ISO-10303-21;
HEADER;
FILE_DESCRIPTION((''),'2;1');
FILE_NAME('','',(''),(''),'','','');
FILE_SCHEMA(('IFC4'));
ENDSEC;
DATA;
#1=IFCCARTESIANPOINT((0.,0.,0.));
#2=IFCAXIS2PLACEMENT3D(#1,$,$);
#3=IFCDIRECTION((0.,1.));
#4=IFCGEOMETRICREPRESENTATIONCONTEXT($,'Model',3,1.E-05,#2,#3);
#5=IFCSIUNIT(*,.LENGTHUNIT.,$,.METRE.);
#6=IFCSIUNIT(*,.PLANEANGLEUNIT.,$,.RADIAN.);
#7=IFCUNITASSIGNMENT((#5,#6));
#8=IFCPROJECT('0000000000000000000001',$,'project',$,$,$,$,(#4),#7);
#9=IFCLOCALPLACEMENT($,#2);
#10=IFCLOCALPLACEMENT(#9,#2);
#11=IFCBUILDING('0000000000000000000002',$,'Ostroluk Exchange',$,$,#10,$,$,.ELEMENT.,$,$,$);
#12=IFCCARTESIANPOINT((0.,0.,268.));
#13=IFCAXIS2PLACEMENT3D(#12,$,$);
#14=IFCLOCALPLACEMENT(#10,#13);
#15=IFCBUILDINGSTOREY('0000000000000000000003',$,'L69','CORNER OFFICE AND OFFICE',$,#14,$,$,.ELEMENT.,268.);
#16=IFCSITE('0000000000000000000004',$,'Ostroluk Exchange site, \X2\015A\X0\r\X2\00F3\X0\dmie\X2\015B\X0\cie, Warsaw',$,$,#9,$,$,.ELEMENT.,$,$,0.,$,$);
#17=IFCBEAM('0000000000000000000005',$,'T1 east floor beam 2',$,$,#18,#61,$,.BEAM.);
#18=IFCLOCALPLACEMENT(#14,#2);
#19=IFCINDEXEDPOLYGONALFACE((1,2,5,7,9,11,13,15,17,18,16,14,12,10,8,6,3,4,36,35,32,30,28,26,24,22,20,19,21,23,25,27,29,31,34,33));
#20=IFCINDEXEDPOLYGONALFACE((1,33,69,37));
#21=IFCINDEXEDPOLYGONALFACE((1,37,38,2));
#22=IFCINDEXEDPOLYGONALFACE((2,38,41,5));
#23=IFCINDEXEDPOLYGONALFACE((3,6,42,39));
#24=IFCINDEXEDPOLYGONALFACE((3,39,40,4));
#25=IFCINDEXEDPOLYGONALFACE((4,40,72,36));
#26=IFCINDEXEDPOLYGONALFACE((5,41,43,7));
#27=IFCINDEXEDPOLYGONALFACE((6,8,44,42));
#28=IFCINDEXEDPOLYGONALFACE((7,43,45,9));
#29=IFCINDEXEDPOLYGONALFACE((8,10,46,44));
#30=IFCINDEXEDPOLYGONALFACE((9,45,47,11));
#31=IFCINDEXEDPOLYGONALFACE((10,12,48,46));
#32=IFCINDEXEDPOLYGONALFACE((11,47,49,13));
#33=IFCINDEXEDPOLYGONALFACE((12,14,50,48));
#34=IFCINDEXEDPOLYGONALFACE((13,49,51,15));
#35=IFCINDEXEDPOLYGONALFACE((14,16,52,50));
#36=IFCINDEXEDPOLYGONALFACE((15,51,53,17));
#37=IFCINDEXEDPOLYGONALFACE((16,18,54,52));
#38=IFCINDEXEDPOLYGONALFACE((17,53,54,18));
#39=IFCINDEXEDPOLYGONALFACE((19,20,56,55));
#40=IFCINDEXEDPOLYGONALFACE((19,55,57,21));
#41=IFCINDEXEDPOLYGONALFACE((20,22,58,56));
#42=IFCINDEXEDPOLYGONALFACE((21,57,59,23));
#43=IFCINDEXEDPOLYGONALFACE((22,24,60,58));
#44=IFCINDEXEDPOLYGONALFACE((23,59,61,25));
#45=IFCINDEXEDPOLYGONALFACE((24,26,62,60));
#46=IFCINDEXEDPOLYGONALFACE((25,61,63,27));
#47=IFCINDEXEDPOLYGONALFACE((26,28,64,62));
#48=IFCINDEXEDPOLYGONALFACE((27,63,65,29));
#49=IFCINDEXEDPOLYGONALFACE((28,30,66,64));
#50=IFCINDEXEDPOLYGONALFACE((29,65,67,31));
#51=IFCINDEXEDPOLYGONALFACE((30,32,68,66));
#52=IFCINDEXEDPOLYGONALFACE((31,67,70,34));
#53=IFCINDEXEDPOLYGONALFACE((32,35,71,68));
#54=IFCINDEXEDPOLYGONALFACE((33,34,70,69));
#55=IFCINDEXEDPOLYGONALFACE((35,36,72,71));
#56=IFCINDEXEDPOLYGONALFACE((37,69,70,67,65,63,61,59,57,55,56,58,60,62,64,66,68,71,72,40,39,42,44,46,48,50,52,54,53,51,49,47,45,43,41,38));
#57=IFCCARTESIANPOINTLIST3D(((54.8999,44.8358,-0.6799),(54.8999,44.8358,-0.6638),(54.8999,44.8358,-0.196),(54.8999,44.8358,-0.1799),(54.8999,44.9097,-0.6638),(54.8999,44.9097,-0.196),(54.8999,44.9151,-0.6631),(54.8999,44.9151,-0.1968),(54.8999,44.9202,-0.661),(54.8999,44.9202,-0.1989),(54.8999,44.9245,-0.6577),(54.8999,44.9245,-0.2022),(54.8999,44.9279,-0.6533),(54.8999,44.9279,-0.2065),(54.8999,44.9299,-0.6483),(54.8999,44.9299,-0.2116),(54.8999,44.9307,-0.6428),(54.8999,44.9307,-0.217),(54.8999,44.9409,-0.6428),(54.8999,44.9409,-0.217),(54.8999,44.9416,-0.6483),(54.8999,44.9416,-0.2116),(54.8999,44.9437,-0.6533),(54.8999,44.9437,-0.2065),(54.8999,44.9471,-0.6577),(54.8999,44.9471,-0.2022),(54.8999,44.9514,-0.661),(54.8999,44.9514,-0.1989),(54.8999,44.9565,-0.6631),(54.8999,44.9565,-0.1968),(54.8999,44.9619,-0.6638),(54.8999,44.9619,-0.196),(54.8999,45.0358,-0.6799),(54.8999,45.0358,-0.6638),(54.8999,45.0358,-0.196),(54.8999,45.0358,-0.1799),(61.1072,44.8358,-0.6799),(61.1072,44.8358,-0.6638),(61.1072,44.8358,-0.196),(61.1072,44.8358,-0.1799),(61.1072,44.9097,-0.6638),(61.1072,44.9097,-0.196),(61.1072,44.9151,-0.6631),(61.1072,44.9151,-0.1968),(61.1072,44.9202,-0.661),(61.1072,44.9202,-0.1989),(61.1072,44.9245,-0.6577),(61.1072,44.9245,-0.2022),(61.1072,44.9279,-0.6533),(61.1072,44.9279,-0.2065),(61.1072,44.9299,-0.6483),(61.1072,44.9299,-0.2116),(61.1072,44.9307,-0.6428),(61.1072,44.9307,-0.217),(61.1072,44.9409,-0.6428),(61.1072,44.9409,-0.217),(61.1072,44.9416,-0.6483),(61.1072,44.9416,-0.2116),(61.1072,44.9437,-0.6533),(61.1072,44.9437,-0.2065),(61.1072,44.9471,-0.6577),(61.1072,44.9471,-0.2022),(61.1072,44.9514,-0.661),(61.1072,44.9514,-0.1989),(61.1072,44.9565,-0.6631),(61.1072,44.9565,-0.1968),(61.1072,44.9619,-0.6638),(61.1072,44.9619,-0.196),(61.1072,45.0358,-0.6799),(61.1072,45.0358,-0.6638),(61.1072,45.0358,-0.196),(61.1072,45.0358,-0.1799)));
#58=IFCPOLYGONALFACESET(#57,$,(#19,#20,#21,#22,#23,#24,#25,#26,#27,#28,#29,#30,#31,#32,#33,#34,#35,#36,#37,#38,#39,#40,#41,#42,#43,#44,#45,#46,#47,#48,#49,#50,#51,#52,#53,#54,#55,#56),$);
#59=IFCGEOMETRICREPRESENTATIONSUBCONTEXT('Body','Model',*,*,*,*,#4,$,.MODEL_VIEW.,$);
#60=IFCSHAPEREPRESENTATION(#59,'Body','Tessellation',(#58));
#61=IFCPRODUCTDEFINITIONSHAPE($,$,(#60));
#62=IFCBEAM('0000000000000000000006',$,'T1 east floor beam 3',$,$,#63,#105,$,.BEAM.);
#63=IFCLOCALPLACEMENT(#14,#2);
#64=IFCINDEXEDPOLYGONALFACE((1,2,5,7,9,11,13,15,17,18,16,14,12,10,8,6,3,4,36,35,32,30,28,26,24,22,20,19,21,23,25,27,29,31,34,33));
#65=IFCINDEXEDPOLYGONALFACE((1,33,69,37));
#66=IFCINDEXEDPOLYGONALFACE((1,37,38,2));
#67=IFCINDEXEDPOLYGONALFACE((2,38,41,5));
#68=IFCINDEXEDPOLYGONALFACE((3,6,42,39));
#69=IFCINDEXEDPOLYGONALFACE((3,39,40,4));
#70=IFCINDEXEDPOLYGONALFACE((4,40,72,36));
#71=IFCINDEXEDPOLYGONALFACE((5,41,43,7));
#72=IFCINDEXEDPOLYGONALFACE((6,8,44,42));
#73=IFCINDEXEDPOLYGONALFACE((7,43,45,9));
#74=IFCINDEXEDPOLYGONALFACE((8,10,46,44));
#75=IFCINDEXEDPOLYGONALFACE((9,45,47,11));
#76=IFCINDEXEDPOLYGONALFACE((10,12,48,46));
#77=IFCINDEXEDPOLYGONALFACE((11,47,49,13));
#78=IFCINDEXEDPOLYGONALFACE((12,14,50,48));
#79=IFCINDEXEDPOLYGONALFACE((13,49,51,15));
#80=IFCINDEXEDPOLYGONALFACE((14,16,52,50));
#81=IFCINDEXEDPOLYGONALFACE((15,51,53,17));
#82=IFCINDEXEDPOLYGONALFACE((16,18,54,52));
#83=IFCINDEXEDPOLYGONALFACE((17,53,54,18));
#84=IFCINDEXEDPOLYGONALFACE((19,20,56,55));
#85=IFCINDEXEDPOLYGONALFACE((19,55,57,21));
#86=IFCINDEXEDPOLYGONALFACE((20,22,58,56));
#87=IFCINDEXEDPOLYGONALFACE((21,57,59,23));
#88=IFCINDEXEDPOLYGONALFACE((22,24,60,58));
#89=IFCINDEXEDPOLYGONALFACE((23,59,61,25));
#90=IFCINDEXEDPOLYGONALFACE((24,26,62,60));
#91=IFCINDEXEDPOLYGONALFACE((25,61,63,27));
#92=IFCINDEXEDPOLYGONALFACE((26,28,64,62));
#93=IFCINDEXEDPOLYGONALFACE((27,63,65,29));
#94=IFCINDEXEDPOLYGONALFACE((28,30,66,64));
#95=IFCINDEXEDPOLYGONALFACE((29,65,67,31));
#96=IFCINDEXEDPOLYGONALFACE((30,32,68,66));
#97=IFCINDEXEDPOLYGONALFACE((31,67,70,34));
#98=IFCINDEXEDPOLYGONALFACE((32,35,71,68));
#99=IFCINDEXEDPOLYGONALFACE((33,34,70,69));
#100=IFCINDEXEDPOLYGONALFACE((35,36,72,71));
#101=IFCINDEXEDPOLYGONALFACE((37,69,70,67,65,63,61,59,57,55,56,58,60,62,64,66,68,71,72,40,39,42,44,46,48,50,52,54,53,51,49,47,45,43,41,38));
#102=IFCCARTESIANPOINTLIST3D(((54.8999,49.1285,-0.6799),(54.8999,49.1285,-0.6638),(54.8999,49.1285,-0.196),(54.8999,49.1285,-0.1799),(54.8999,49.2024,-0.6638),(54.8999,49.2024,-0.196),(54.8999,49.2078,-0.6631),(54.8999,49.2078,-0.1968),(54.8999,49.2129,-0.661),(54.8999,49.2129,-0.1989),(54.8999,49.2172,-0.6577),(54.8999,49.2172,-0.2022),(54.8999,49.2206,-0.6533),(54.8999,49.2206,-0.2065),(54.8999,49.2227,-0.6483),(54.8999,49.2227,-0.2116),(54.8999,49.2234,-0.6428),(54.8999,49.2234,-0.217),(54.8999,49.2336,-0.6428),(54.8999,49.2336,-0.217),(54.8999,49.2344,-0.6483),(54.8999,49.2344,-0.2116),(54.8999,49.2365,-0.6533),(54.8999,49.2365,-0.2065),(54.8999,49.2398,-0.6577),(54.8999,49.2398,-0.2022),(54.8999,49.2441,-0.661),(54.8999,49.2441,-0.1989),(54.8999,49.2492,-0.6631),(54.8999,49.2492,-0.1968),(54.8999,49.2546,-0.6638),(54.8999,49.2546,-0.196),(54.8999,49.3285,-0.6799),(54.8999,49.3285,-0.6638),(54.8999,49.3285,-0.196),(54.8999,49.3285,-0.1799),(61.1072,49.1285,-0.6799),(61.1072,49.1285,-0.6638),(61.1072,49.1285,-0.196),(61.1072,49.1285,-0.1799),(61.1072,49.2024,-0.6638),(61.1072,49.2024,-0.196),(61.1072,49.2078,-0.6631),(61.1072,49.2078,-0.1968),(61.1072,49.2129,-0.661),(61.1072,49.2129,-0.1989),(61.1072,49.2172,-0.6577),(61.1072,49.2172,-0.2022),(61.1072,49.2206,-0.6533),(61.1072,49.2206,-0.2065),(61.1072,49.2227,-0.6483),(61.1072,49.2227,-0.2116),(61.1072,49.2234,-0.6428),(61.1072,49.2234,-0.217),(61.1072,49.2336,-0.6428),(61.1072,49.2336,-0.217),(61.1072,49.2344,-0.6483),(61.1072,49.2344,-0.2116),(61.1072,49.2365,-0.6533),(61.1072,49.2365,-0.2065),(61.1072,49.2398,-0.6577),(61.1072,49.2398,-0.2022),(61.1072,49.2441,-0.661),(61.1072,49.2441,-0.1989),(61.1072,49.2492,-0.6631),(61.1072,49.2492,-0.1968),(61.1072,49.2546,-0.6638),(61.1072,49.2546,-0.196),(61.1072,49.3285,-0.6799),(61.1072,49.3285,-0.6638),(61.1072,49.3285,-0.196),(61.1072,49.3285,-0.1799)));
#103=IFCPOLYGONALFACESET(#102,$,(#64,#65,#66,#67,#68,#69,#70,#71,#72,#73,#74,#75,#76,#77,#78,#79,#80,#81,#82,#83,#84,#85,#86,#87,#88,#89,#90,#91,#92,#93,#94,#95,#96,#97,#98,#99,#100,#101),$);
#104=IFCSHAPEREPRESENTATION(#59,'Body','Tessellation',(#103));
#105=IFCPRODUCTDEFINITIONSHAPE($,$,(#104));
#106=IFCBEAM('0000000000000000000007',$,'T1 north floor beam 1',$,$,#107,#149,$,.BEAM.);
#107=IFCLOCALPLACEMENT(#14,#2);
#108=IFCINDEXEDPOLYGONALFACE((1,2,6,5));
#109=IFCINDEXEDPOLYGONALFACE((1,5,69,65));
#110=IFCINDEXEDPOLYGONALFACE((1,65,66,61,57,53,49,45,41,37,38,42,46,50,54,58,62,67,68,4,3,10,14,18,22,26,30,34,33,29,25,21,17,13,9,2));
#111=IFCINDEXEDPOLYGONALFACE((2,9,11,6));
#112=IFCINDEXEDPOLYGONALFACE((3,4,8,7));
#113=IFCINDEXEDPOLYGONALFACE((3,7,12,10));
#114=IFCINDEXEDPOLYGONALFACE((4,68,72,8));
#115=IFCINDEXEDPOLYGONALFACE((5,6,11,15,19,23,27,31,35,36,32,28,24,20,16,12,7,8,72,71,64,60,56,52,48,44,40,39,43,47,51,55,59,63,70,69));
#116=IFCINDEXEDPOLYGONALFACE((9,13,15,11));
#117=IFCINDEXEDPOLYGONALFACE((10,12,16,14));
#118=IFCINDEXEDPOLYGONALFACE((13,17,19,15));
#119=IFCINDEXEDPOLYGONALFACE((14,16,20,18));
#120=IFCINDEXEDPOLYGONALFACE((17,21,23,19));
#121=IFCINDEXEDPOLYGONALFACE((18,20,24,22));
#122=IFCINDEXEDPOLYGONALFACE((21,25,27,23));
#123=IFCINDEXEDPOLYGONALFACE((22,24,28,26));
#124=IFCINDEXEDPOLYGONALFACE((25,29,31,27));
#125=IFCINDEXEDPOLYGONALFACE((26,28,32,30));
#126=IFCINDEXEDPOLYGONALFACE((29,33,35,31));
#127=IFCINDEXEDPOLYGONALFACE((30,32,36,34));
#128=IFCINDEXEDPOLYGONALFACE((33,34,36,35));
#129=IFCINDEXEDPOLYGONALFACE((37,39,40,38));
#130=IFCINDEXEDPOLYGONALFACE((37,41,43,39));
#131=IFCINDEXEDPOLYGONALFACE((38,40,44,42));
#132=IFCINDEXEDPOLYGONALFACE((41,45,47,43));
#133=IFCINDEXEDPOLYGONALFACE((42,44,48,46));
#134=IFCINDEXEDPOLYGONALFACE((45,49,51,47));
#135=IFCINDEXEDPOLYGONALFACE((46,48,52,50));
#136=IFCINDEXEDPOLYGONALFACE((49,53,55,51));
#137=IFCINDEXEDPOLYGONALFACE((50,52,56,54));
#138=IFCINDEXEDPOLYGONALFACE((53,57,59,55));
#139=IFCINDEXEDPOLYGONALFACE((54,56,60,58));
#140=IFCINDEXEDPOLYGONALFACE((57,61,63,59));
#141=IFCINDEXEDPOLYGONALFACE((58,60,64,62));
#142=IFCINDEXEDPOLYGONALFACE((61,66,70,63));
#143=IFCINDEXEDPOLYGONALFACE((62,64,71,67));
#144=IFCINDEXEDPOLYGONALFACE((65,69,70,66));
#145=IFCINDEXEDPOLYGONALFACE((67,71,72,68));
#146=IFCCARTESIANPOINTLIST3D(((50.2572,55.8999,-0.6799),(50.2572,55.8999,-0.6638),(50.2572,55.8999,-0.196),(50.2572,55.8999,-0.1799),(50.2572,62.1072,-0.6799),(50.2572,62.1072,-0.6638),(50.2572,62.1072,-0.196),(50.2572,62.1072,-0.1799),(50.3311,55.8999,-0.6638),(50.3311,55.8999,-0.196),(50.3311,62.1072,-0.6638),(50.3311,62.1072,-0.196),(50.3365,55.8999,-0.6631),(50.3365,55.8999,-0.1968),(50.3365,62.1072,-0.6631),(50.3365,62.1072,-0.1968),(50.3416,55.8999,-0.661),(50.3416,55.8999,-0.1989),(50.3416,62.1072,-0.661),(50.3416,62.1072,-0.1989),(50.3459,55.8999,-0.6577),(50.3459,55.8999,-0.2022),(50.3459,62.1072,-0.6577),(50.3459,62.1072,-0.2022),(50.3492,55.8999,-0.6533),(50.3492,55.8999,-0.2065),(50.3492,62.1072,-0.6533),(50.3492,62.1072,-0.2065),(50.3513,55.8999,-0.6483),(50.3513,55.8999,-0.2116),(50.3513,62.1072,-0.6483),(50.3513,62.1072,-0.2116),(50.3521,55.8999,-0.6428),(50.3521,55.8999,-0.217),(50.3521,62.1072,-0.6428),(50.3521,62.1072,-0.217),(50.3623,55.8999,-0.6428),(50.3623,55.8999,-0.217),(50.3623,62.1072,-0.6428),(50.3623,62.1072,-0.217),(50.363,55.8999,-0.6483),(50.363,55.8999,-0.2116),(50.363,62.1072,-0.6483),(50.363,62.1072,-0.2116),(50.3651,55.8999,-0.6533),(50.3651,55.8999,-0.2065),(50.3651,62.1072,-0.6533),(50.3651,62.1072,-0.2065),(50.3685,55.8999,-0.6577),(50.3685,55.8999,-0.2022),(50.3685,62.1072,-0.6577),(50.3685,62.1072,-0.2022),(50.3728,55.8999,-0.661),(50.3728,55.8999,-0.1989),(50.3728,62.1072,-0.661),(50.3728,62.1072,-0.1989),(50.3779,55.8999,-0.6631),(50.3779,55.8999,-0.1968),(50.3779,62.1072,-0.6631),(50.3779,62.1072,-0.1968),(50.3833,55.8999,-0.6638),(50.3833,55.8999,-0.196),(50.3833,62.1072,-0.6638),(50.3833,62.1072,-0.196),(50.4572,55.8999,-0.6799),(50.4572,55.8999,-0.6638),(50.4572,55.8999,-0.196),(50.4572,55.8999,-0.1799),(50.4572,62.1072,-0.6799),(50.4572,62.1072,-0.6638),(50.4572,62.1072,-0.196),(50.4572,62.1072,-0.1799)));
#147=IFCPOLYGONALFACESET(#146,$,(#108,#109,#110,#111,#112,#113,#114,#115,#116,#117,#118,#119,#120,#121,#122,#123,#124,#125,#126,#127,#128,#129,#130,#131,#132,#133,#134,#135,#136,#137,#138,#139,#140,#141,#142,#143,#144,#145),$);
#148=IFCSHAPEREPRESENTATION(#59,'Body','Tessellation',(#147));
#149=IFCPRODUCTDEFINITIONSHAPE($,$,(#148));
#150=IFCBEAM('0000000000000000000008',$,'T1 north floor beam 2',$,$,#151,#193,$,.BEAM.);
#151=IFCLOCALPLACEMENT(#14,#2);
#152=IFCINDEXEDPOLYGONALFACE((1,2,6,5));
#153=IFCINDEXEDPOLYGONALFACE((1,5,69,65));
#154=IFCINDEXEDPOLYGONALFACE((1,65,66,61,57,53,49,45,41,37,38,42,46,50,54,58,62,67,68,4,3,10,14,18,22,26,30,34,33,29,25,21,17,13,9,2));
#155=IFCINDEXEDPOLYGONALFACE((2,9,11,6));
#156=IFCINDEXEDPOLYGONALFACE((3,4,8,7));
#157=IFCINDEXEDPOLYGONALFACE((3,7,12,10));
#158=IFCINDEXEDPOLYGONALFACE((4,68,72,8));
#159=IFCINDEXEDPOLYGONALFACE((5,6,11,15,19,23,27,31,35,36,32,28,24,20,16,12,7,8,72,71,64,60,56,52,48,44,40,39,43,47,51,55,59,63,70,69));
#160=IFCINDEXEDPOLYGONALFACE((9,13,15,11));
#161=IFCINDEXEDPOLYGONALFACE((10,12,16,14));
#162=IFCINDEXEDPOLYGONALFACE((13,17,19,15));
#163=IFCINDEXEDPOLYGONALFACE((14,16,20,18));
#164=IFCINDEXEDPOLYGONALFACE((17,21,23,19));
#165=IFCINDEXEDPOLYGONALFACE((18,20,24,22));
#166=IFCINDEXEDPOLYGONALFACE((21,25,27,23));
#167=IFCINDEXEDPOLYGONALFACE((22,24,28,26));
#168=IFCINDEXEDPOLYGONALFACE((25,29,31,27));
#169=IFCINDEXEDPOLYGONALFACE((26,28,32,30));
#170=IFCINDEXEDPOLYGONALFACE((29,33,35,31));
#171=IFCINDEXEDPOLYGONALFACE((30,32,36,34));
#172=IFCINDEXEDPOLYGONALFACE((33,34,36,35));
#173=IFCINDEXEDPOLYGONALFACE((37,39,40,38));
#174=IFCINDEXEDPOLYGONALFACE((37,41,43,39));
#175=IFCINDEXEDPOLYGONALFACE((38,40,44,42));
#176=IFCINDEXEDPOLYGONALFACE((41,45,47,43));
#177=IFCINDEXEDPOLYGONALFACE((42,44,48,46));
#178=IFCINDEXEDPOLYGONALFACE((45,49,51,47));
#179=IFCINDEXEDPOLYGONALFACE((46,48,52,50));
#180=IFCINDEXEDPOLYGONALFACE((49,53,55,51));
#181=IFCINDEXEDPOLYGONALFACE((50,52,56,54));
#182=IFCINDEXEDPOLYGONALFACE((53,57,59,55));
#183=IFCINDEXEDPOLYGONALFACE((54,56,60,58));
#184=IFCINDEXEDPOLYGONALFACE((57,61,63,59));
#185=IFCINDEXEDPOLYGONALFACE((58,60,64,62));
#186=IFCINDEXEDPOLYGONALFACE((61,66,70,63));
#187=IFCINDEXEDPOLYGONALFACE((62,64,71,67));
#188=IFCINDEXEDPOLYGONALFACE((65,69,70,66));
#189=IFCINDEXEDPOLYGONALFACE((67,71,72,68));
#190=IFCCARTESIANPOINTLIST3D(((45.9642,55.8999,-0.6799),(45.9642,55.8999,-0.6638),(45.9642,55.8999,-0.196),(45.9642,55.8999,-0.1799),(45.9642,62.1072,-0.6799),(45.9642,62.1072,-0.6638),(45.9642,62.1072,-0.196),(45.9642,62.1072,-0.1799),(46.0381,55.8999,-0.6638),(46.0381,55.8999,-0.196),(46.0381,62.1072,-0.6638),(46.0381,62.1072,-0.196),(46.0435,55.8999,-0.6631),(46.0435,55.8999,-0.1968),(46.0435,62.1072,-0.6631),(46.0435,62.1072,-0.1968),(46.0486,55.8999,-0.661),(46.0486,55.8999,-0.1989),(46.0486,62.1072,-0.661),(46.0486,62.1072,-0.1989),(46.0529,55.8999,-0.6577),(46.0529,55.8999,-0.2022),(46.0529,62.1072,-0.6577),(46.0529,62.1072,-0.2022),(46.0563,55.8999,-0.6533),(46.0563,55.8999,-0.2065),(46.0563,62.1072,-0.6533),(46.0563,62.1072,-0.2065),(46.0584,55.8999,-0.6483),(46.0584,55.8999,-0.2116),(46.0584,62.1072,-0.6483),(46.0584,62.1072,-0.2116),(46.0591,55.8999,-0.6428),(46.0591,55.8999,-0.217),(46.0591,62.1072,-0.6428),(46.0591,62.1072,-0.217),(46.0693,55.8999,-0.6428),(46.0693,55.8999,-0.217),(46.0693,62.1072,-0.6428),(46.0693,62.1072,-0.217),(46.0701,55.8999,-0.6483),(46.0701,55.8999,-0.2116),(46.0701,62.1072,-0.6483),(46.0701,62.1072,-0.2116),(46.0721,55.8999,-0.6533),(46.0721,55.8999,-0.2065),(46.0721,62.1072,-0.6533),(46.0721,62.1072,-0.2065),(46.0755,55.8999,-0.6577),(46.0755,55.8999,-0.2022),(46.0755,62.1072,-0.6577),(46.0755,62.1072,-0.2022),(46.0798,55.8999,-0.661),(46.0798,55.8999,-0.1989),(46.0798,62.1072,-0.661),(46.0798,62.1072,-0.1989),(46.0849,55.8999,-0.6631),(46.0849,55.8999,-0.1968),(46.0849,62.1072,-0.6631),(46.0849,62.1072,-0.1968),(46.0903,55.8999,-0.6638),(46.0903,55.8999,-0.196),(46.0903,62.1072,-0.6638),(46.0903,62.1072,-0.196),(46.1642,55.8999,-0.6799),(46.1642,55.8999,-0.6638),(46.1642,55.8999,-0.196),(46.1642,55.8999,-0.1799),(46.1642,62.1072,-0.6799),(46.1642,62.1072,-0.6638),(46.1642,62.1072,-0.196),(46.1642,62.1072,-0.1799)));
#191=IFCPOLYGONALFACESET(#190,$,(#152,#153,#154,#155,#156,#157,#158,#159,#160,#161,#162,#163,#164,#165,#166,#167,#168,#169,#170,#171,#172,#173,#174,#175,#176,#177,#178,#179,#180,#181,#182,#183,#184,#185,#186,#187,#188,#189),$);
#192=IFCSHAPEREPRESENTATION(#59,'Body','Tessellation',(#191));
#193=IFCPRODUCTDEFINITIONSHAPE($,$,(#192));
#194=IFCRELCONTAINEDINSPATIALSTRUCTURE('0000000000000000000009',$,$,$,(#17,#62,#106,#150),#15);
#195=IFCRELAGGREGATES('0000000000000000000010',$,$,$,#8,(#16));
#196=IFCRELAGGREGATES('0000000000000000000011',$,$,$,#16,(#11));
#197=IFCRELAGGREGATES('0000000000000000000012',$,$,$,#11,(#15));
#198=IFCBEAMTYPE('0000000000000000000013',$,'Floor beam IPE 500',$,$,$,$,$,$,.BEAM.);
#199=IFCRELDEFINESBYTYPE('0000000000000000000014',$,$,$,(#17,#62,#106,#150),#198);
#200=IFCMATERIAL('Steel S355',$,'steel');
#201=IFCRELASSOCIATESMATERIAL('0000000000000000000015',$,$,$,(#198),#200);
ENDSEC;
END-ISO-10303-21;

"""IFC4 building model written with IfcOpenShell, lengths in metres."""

from ifc_helpers import new_model, si_unit, direction, frame, origin, origin_2d, place, context, subcontext, project, spatial, i_section, extrude, material, material_profile, profile_set, type_object, element, save


model = new_model("IFC4")

# Units and contexts
model_context = context("Model", 3, precision=1e-05, world=origin(), true_north=direction((0.0, 1.0)))
body_context = subcontext(model_context, "Body", "Model", "MODEL_VIEW")
ifc_project = project(units=[si_unit("LENGTHUNIT", "METRE"), si_unit("PLANEANGLEUNIT", "RADIAN")], contexts=[model_context])

# Site, building, storey
site_placement = place(None, origin())
site = spatial("IfcSite", under=ifc_project, at=site_placement, Name="Ostroluk Exchange site, Śródmieście, Warsaw", CompositionType="ELEMENT", RefElevation=0.0)
building_placement = place(site_placement, origin())
building = spatial("IfcBuilding", under=site, at=building_placement, Name="Ostroluk Exchange", CompositionType="ELEMENT")
storey_placement = place(building_placement, frame((0.0, 0.0, 268.0)))
storey = spatial("IfcBuildingStorey", under=building, at=storey_placement, Name="L69", Description="CORNER OFFICE AND OFFICE", CompositionType="ELEMENT", Elevation=268.0)

# Beams
ifc_material_1 = material(Name="Steel S355", Category="steel")
ifc_material_profile_1 = material_profile(ifc_material_1, i_section(OverallWidth=0.2, OverallDepth=0.5, WebThickness=0.0103, FlangeThickness=0.0161, FilletRadius=0.021, at=origin_2d()), Name="IPE 500")
ifc_profile_set_1 = profile_set([ifc_material_profile_1], Name="Steel S355")
beam_type_1 = type_object("IfcBeamType", Name="Floor beam IPE 500", PredefinedType="BEAM", material=ifc_profile_set_1)
for number, where, z_axis, x_axis, name in (
    (1, (54.8999, 44.9358, -0.4299), (1.0, 0.0, 0.0), (0.0, 1.0, 0.0), "T1 east floor beam 2"),
    (2, (54.8999, 49.2285, -0.4299), (1.0, 0.0, 0.0), (0.0, 1.0, 0.0), "T1 east floor beam 3"),
    (3, (50.3572, 55.8999, -0.4299), (0.0, 1.0, 0.0), (-1.0, 0.0, 0.0), "T1 north floor beam 1"),
    (4, (46.0642, 55.8999, -0.4299), (0.0, 1.0, 0.0), (-1.0, 0.0, 0.0), "T1 north floor beam 2"),
):
    element("IfcBeam", number, at=place(storey_placement, frame(where, z_axis=z_axis, x_axis=x_axis)), inside=storey, type_object=beam_type_1, Name=name, PredefinedType="BEAM", context=body_context, shape_type="SweptSolid", body=[
        extrude(i_section(OverallWidth=0.2, OverallDepth=0.5, WebThickness=0.0103, FlangeThickness=0.0161, FilletRadius=0.021, at=origin_2d()), origin(), (0.0, 0.0, 1.0), 6.2073),
    ])

save(model, "model.ifc")
